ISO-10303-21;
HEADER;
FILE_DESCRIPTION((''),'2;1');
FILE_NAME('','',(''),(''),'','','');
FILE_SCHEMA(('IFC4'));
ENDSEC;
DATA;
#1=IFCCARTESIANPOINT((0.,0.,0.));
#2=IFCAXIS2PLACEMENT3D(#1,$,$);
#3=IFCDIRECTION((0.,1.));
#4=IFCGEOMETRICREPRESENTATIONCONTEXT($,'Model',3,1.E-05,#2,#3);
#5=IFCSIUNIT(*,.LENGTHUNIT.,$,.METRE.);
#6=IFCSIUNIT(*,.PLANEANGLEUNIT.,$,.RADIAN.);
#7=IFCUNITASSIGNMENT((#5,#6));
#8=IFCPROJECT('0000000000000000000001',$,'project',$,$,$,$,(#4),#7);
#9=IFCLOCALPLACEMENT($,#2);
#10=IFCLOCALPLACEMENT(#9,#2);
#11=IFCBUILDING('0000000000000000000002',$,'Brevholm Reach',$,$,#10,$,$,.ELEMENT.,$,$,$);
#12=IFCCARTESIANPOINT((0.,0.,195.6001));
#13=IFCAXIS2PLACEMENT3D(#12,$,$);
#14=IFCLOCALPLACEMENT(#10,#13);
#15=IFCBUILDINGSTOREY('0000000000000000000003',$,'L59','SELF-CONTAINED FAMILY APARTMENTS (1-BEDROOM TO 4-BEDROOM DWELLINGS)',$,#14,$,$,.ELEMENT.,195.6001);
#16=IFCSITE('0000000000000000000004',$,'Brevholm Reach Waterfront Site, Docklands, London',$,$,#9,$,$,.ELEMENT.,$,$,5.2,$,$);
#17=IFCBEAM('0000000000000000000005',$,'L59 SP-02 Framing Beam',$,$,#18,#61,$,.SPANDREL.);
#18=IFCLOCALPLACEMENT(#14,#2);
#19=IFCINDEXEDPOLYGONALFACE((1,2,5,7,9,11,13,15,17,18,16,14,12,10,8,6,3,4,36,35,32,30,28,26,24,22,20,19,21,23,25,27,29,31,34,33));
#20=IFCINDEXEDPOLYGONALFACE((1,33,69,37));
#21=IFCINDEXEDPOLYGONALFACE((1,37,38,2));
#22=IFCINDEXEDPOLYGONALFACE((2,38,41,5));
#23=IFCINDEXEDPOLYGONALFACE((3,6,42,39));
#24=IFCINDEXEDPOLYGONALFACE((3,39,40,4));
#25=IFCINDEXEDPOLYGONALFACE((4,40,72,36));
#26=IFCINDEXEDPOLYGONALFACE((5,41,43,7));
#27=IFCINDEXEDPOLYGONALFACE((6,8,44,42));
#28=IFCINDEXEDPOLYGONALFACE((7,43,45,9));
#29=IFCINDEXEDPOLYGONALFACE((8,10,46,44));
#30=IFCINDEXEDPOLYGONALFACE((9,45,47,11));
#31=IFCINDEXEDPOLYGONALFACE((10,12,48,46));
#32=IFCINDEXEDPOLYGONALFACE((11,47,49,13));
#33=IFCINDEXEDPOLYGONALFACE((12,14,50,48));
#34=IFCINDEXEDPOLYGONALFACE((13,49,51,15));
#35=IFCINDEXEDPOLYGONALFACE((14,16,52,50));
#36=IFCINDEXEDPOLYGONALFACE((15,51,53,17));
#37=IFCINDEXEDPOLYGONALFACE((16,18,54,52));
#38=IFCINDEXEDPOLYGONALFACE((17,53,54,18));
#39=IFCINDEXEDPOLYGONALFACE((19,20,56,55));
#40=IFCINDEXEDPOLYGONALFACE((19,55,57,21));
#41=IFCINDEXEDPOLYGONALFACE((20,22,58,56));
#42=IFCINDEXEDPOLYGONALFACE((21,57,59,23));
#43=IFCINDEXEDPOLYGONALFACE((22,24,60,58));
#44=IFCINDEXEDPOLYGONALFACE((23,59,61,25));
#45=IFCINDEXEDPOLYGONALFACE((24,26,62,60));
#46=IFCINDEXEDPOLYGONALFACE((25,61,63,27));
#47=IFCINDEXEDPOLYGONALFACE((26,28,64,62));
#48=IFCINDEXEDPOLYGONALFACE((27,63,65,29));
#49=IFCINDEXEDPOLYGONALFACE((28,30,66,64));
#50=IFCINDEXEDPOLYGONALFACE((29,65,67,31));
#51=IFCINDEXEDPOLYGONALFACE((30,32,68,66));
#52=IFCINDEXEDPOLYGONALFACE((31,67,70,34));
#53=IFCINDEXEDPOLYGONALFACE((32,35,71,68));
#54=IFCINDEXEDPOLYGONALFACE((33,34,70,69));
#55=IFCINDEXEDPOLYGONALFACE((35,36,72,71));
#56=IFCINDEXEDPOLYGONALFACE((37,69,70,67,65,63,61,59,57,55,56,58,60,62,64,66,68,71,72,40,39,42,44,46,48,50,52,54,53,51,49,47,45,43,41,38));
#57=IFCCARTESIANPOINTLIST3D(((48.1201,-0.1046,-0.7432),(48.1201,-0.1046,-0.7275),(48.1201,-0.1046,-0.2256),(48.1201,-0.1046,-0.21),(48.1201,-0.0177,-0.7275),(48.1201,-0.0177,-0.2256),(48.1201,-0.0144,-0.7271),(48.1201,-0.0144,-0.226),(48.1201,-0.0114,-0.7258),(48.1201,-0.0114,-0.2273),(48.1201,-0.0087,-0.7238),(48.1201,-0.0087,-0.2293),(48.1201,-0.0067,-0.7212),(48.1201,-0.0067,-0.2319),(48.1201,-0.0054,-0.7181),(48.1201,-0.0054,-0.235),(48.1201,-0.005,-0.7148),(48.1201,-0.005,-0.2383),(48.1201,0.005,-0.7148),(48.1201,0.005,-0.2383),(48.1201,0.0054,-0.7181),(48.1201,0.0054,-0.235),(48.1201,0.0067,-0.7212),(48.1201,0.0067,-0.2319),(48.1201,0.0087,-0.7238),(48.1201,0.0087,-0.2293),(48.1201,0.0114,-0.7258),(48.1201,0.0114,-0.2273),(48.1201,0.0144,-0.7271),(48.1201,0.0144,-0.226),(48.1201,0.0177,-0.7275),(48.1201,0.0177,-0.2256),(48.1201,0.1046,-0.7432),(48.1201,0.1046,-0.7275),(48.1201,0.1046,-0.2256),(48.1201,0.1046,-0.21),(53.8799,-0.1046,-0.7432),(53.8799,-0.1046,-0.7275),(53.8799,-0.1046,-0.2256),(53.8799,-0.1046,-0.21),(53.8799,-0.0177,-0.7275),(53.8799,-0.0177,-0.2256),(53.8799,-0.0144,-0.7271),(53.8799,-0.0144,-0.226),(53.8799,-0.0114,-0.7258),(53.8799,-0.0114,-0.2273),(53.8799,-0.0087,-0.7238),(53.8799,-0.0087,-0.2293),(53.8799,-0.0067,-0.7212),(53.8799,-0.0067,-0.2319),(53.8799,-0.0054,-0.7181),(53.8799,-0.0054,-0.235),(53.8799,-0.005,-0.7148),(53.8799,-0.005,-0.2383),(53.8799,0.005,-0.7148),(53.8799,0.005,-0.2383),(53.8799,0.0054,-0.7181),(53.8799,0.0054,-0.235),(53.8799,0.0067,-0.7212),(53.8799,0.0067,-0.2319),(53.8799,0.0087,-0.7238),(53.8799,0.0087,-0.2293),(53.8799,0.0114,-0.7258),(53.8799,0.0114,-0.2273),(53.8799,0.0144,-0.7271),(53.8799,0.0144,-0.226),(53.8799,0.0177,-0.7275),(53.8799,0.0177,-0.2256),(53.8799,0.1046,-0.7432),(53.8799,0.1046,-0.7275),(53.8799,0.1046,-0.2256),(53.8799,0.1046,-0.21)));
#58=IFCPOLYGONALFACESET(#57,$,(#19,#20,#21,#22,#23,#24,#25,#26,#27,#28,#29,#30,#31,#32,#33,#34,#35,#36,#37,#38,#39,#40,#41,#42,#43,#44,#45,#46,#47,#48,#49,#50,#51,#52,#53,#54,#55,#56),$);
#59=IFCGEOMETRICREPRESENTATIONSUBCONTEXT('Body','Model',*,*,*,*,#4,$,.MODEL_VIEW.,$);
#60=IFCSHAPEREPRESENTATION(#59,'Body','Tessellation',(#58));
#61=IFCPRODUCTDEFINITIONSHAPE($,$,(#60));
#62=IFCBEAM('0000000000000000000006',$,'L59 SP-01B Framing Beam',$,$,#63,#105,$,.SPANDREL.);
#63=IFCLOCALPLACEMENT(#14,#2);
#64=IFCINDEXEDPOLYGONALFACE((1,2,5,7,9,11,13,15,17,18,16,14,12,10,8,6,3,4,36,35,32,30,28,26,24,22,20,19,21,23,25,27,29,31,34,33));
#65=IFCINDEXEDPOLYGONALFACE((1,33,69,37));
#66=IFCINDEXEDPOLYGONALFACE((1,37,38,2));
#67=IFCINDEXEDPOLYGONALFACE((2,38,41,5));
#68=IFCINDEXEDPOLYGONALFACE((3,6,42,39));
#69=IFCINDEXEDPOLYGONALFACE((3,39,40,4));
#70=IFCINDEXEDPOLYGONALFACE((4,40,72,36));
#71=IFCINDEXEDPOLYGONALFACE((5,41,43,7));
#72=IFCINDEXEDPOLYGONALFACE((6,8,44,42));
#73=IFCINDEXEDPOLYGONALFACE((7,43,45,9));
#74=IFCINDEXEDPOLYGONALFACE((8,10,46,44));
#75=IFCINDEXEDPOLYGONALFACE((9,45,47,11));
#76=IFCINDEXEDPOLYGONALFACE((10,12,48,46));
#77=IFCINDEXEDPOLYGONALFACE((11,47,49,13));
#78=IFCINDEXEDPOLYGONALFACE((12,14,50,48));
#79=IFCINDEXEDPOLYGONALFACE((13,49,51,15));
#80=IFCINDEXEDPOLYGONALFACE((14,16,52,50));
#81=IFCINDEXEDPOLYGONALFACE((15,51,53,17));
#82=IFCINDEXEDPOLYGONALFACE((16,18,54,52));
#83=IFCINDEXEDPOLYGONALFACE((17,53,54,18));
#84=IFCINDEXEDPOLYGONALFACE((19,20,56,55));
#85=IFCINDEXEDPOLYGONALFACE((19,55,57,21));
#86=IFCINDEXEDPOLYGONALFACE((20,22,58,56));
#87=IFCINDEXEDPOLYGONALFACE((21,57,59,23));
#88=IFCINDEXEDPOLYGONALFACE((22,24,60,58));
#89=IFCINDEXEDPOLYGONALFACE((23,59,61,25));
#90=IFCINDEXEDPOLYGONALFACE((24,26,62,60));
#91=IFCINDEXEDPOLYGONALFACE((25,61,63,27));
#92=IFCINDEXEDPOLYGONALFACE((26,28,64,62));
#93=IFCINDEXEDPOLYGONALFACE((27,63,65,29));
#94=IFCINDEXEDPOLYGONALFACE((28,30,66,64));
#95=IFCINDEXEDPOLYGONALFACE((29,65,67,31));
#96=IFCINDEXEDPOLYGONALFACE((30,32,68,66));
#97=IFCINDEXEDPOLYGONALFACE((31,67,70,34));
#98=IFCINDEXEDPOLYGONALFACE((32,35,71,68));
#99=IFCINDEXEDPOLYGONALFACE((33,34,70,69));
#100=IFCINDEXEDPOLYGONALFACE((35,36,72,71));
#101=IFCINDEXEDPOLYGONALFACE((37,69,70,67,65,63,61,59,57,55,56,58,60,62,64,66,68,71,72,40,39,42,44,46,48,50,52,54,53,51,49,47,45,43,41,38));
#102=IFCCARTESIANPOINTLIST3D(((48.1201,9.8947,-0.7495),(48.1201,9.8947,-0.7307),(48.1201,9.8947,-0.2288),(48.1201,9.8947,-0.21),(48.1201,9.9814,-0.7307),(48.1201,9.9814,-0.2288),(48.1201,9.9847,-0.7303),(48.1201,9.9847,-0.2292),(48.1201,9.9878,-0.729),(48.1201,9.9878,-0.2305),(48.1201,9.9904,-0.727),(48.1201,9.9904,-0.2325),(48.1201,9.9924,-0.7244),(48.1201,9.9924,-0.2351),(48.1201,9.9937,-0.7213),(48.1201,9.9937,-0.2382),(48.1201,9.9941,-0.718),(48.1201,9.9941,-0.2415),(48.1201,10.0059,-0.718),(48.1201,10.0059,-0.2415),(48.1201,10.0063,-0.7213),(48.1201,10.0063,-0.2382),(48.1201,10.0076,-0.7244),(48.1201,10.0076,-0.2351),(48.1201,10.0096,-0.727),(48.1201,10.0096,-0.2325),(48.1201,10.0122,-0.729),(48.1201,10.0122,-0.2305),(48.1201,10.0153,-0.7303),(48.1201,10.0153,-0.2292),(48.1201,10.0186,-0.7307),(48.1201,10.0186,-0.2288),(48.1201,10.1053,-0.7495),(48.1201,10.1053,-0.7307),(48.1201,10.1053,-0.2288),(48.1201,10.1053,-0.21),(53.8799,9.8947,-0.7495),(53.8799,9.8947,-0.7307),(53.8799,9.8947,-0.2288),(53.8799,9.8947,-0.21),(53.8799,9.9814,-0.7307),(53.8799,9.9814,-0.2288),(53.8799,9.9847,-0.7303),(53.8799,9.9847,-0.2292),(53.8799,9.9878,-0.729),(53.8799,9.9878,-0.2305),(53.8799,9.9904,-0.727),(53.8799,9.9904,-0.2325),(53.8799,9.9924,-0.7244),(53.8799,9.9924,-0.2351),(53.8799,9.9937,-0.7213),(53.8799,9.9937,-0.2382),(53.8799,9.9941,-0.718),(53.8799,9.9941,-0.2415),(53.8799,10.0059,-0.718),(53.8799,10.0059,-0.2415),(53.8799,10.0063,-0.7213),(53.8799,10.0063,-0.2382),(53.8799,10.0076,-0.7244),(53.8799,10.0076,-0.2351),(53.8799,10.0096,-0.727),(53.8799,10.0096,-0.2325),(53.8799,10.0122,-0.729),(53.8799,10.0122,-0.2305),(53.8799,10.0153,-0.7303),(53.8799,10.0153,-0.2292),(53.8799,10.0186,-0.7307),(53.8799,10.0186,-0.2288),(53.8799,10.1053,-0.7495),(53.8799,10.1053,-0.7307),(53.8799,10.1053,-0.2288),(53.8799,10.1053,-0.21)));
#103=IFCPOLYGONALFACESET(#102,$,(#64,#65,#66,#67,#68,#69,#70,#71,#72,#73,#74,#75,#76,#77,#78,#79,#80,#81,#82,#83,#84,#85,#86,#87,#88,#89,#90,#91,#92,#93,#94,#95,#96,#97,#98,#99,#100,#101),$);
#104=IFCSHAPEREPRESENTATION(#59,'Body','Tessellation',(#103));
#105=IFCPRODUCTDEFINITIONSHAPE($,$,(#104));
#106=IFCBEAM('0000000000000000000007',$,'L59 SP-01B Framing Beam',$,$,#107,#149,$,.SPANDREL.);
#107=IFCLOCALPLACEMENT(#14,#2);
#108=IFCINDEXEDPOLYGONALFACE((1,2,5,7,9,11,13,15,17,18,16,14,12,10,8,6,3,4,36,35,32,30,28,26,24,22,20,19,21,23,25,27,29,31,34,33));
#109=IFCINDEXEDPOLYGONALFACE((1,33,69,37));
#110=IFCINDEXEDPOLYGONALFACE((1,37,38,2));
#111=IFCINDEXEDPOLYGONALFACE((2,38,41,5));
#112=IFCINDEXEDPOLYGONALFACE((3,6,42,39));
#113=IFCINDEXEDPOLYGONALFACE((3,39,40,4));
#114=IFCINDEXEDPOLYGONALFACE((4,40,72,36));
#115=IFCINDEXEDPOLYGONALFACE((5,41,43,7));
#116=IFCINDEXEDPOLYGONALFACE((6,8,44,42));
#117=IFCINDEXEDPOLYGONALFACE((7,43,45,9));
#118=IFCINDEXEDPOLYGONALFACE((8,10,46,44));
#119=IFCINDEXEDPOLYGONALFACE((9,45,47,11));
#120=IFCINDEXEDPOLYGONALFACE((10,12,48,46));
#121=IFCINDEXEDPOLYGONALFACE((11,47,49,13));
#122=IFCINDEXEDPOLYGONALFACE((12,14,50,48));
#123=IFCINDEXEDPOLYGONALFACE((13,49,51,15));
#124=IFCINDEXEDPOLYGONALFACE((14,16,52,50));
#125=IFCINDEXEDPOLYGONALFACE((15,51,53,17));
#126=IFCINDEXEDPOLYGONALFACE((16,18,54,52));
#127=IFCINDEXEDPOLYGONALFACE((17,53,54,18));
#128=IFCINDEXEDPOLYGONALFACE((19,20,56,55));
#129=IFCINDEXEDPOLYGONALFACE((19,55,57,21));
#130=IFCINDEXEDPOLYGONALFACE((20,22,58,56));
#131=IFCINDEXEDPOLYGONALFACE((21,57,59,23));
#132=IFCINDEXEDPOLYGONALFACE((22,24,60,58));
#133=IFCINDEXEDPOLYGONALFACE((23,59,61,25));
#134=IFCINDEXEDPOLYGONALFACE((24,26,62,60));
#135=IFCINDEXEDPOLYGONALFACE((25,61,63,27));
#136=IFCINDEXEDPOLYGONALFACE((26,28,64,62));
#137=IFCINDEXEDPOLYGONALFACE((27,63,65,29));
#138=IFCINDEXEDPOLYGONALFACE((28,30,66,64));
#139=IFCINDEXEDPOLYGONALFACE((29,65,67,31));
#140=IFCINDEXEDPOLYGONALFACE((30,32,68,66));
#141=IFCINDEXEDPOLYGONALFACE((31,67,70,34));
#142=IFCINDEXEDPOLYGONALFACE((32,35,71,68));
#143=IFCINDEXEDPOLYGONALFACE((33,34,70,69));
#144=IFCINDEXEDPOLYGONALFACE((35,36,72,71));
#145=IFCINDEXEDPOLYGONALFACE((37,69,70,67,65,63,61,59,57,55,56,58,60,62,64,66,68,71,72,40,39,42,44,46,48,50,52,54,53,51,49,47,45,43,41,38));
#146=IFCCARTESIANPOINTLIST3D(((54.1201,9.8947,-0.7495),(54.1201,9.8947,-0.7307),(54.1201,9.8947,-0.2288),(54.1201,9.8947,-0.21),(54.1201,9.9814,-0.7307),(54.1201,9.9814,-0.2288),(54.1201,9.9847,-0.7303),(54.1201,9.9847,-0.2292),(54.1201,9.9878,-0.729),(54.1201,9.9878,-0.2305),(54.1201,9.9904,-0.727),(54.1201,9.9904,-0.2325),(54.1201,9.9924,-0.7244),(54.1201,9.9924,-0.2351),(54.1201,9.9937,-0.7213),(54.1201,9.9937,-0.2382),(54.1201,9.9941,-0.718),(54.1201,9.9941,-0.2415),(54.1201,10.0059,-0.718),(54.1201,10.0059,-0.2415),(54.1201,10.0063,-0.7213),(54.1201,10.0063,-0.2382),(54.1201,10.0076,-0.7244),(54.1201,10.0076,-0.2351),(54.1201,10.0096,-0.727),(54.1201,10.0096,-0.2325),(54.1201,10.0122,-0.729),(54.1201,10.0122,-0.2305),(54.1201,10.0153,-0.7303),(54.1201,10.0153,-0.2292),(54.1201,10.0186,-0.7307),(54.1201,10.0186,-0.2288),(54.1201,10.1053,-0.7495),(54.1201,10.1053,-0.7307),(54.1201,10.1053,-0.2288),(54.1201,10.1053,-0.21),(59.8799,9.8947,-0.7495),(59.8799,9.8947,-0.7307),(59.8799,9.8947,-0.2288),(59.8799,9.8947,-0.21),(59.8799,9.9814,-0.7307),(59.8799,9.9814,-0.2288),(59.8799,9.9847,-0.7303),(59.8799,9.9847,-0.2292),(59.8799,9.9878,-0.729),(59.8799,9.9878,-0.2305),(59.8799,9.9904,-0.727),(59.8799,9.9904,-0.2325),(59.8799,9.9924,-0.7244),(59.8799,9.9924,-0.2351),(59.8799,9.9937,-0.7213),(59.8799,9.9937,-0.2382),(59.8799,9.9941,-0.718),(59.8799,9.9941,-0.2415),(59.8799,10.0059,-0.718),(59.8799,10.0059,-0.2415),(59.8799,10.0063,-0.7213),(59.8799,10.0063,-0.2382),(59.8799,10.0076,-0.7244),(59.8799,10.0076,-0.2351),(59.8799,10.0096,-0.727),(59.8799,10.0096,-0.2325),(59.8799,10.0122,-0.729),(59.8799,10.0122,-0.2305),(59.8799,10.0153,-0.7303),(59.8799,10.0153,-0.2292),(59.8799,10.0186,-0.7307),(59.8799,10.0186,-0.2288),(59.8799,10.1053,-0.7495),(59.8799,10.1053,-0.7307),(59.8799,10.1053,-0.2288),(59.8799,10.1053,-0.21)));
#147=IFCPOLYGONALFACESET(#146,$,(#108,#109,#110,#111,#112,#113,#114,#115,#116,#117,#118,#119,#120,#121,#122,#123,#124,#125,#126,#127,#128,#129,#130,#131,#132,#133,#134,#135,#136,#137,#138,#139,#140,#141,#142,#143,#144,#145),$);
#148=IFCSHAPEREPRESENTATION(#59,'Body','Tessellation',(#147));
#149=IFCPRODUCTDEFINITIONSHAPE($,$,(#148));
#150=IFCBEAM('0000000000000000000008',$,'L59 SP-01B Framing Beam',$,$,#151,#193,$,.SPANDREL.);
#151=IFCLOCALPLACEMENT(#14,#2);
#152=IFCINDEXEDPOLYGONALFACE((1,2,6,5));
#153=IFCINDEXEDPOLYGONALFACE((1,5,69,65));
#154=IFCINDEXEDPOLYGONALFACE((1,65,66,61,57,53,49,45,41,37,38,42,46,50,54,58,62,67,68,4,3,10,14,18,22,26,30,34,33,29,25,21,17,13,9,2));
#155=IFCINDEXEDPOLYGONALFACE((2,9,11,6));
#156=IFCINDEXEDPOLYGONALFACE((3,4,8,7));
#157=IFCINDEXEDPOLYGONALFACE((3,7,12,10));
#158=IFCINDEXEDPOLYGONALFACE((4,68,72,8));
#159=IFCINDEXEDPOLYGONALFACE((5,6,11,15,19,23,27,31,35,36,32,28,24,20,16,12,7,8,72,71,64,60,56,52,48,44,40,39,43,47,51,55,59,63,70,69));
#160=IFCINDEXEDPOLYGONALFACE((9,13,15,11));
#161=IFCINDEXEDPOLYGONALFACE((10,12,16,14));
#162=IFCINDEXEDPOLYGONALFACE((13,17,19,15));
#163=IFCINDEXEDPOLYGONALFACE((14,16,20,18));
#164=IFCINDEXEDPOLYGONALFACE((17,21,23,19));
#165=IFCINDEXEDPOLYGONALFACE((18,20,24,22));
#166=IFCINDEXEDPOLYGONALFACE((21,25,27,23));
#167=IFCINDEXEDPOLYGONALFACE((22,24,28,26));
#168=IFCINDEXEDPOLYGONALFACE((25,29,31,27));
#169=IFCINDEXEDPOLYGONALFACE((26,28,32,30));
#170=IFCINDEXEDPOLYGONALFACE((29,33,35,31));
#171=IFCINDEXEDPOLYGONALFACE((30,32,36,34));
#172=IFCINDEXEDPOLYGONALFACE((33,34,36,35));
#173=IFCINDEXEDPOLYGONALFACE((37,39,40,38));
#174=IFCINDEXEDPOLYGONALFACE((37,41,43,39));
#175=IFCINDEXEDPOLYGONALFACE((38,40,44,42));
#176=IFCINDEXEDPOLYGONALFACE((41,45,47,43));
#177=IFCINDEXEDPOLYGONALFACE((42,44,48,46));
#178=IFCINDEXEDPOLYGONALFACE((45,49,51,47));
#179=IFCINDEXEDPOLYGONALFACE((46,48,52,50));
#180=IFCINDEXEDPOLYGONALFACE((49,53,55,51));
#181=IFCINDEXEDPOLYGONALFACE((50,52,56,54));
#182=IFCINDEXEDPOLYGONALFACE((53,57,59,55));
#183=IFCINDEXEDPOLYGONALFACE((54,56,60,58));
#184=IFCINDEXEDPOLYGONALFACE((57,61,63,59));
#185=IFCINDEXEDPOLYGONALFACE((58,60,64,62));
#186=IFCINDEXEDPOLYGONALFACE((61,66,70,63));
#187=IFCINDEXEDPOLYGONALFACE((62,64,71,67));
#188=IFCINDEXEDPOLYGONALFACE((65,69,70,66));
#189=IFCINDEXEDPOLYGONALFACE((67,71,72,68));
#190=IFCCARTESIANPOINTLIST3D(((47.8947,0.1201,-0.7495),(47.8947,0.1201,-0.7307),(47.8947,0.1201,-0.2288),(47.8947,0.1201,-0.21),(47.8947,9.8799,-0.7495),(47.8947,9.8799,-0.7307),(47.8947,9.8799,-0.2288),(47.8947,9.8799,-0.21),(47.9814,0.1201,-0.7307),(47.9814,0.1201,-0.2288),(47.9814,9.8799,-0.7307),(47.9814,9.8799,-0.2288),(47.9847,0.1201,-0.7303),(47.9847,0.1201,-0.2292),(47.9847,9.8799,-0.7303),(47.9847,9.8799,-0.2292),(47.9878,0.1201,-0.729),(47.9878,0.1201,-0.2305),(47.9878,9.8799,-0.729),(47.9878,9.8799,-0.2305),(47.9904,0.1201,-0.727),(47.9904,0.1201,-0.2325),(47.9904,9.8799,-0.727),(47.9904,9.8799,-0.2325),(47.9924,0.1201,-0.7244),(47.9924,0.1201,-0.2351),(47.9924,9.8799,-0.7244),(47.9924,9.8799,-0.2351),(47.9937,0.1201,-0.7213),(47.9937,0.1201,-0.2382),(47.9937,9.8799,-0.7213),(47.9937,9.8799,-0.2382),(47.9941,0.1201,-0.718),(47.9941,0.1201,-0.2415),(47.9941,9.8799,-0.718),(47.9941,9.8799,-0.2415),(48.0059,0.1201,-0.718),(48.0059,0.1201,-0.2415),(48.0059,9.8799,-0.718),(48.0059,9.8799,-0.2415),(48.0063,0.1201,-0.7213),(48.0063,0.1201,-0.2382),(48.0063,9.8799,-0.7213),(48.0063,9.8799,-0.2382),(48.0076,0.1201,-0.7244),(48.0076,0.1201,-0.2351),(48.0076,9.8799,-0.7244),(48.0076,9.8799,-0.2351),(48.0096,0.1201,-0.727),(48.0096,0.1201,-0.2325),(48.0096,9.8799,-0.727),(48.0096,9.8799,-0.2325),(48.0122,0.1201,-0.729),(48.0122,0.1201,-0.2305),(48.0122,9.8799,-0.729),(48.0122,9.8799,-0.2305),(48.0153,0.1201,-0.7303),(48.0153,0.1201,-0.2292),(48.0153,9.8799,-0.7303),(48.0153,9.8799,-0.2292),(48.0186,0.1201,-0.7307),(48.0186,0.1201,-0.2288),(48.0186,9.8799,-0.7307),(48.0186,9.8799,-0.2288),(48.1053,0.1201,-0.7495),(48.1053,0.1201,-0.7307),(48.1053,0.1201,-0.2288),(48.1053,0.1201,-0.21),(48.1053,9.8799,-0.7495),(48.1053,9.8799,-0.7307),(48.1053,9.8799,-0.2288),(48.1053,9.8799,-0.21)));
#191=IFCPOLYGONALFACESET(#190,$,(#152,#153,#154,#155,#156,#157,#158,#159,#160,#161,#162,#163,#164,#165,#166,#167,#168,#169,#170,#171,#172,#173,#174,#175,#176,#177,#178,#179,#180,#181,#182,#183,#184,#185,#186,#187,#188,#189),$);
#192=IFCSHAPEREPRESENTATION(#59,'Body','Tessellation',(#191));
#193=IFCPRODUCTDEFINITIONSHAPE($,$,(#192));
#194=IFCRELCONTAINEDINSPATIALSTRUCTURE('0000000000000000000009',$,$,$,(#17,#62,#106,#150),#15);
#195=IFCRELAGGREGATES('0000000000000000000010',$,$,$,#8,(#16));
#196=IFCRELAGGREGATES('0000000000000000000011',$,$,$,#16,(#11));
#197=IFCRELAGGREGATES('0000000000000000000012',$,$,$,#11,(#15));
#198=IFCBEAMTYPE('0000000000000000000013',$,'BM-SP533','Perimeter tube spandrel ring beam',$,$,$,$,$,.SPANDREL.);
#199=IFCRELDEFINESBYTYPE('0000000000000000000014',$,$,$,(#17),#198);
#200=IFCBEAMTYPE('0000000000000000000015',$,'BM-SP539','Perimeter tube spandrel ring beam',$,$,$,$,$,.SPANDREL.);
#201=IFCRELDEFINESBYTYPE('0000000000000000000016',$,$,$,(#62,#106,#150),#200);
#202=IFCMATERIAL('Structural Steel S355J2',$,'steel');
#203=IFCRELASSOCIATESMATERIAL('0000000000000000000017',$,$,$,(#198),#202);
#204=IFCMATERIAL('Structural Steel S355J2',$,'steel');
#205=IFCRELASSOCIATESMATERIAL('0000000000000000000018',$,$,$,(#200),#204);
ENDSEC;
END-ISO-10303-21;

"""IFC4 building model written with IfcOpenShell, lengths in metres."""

from ifc_helpers import new_model, si_unit, direction, frame, origin, origin_2d, place, context, subcontext, project, spatial, i_section, extrude, material, material_profile, profile_set, type_object, element, save


model = new_model("IFC4")

# Units and contexts
model_context = context("Model", 3, precision=1e-05, world=origin(), true_north=direction((0.0, 1.0)))
body_context = subcontext(model_context, "Body", "Model", "MODEL_VIEW")
ifc_project = project(units=[si_unit("LENGTHUNIT", "METRE"), si_unit("PLANEANGLEUNIT", "RADIAN")], contexts=[model_context])

# Site, building, storey
site_placement = place(None, origin())
site = spatial("IfcSite", under=ifc_project, at=site_placement, Name="Brevholm Reach Waterfront Site, Docklands, London", CompositionType="ELEMENT", RefElevation=5.2)
building_placement = place(site_placement, origin())
building = spatial("IfcBuilding", under=site, at=building_placement, Name="Brevholm Reach", CompositionType="ELEMENT")
storey_placement = place(building_placement, frame((0.0, 0.0, 195.6001)))
storey = spatial("IfcBuildingStorey", under=building, at=storey_placement, Name="L59", Description="SELF-CONTAINED FAMILY APARTMENTS (1-BEDROOM TO 4-BEDROOM DWELLINGS)", CompositionType="ELEMENT", Elevation=195.6001)

# Beams
ifc_material_1 = material(Name="Structural Steel S355J2", Category="steel")
ifc_material_profile_1 = material_profile(ifc_material_1, i_section(OverallWidth=0.2092, OverallDepth=0.5332, WebThickness=0.01, FlangeThickness=0.0156, FilletRadius=0.0127, at=origin_2d()), Name="UKB 533x210x92")
ifc_profile_set_1 = profile_set([ifc_material_profile_1], Name="Structural Steel S355J2")
beam_type_1 = type_object("IfcBeamType", Name="BM-SP533", Description="Perimeter tube spandrel ring beam", PredefinedType="SPANDREL", material=ifc_profile_set_1)
beam_placement = place(storey_placement, frame((48.1201, 0.0, -0.4766), z_axis=(1.0, 0.0, 0.0), x_axis=(0.0, 1.0, 0.0)))
element("IfcBeam", 1, at=beam_placement, inside=storey, type_object=beam_type_1, Name="L59 SP-02 Framing Beam", PredefinedType="SPANDREL", context=body_context, shape_type="SweptSolid", body=[
    extrude(i_section(OverallWidth=0.2092, OverallDepth=0.5332, WebThickness=0.01, FlangeThickness=0.0156, FilletRadius=0.0127, at=origin_2d()), origin(), (0.0, 0.0, 1.0), 5.7598),
])
ifc_material_2 = material(Name="Structural Steel S355J2", Category="steel")
ifc_material_profile_2 = material_profile(ifc_material_2, i_section(OverallWidth=0.2107, OverallDepth=0.5396, WebThickness=0.0117, FlangeThickness=0.0188, FilletRadius=0.0127, at=origin_2d()), Name="UKB 533x210x109")
ifc_profile_set_2 = profile_set([ifc_material_profile_2], Name="Structural Steel S355J2")
beam_type_2 = type_object("IfcBeamType", Name="BM-SP539", Description="Perimeter tube spandrel ring beam", PredefinedType="SPANDREL", material=ifc_profile_set_2)
for number, where, z_axis, x_axis, name in (
    (2, (48.1201, 10.0, -0.4797), (1.0, 0.0, 0.0), (0.0, 1.0, 0.0), "L59 SP-01B Framing Beam"),
    (3, (54.1201, 10.0, -0.4797), (1.0, 0.0, 0.0), (0.0, 1.0, 0.0), "L59 SP-01B Framing Beam"),
):
    element("IfcBeam", number, at=place(storey_placement, frame(where, z_axis=z_axis, x_axis=x_axis)), inside=storey, type_object=beam_type_2, Name=name, PredefinedType="SPANDREL", context=body_context, shape_type="SweptSolid", body=[
        extrude(i_section(OverallWidth=0.2107, OverallDepth=0.5396, WebThickness=0.0117, FlangeThickness=0.0188, FilletRadius=0.0127, at=origin_2d()), origin(), (0.0, 0.0, 1.0), 5.7598),
    ])
for number, where, z_axis, x_axis, name in (
    (4, (48.0, 0.1201, -0.4797), (0.0, 1.0, 0.0), (-1.0, 0.0, 0.0), "L59 SP-01B Framing Beam"),
):
    element("IfcBeam", number, at=place(storey_placement, frame(where, z_axis=z_axis, x_axis=x_axis)), inside=storey, type_object=beam_type_2, Name=name, PredefinedType="SPANDREL", context=body_context, shape_type="SweptSolid", body=[
        extrude(i_section(OverallWidth=0.2107, OverallDepth=0.5396, WebThickness=0.0117, FlangeThickness=0.0188, FilletRadius=0.0127, at=origin_2d()), origin(), (0.0, 0.0, 1.0), 9.7598),
    ])

save(model, "model.ifc")
